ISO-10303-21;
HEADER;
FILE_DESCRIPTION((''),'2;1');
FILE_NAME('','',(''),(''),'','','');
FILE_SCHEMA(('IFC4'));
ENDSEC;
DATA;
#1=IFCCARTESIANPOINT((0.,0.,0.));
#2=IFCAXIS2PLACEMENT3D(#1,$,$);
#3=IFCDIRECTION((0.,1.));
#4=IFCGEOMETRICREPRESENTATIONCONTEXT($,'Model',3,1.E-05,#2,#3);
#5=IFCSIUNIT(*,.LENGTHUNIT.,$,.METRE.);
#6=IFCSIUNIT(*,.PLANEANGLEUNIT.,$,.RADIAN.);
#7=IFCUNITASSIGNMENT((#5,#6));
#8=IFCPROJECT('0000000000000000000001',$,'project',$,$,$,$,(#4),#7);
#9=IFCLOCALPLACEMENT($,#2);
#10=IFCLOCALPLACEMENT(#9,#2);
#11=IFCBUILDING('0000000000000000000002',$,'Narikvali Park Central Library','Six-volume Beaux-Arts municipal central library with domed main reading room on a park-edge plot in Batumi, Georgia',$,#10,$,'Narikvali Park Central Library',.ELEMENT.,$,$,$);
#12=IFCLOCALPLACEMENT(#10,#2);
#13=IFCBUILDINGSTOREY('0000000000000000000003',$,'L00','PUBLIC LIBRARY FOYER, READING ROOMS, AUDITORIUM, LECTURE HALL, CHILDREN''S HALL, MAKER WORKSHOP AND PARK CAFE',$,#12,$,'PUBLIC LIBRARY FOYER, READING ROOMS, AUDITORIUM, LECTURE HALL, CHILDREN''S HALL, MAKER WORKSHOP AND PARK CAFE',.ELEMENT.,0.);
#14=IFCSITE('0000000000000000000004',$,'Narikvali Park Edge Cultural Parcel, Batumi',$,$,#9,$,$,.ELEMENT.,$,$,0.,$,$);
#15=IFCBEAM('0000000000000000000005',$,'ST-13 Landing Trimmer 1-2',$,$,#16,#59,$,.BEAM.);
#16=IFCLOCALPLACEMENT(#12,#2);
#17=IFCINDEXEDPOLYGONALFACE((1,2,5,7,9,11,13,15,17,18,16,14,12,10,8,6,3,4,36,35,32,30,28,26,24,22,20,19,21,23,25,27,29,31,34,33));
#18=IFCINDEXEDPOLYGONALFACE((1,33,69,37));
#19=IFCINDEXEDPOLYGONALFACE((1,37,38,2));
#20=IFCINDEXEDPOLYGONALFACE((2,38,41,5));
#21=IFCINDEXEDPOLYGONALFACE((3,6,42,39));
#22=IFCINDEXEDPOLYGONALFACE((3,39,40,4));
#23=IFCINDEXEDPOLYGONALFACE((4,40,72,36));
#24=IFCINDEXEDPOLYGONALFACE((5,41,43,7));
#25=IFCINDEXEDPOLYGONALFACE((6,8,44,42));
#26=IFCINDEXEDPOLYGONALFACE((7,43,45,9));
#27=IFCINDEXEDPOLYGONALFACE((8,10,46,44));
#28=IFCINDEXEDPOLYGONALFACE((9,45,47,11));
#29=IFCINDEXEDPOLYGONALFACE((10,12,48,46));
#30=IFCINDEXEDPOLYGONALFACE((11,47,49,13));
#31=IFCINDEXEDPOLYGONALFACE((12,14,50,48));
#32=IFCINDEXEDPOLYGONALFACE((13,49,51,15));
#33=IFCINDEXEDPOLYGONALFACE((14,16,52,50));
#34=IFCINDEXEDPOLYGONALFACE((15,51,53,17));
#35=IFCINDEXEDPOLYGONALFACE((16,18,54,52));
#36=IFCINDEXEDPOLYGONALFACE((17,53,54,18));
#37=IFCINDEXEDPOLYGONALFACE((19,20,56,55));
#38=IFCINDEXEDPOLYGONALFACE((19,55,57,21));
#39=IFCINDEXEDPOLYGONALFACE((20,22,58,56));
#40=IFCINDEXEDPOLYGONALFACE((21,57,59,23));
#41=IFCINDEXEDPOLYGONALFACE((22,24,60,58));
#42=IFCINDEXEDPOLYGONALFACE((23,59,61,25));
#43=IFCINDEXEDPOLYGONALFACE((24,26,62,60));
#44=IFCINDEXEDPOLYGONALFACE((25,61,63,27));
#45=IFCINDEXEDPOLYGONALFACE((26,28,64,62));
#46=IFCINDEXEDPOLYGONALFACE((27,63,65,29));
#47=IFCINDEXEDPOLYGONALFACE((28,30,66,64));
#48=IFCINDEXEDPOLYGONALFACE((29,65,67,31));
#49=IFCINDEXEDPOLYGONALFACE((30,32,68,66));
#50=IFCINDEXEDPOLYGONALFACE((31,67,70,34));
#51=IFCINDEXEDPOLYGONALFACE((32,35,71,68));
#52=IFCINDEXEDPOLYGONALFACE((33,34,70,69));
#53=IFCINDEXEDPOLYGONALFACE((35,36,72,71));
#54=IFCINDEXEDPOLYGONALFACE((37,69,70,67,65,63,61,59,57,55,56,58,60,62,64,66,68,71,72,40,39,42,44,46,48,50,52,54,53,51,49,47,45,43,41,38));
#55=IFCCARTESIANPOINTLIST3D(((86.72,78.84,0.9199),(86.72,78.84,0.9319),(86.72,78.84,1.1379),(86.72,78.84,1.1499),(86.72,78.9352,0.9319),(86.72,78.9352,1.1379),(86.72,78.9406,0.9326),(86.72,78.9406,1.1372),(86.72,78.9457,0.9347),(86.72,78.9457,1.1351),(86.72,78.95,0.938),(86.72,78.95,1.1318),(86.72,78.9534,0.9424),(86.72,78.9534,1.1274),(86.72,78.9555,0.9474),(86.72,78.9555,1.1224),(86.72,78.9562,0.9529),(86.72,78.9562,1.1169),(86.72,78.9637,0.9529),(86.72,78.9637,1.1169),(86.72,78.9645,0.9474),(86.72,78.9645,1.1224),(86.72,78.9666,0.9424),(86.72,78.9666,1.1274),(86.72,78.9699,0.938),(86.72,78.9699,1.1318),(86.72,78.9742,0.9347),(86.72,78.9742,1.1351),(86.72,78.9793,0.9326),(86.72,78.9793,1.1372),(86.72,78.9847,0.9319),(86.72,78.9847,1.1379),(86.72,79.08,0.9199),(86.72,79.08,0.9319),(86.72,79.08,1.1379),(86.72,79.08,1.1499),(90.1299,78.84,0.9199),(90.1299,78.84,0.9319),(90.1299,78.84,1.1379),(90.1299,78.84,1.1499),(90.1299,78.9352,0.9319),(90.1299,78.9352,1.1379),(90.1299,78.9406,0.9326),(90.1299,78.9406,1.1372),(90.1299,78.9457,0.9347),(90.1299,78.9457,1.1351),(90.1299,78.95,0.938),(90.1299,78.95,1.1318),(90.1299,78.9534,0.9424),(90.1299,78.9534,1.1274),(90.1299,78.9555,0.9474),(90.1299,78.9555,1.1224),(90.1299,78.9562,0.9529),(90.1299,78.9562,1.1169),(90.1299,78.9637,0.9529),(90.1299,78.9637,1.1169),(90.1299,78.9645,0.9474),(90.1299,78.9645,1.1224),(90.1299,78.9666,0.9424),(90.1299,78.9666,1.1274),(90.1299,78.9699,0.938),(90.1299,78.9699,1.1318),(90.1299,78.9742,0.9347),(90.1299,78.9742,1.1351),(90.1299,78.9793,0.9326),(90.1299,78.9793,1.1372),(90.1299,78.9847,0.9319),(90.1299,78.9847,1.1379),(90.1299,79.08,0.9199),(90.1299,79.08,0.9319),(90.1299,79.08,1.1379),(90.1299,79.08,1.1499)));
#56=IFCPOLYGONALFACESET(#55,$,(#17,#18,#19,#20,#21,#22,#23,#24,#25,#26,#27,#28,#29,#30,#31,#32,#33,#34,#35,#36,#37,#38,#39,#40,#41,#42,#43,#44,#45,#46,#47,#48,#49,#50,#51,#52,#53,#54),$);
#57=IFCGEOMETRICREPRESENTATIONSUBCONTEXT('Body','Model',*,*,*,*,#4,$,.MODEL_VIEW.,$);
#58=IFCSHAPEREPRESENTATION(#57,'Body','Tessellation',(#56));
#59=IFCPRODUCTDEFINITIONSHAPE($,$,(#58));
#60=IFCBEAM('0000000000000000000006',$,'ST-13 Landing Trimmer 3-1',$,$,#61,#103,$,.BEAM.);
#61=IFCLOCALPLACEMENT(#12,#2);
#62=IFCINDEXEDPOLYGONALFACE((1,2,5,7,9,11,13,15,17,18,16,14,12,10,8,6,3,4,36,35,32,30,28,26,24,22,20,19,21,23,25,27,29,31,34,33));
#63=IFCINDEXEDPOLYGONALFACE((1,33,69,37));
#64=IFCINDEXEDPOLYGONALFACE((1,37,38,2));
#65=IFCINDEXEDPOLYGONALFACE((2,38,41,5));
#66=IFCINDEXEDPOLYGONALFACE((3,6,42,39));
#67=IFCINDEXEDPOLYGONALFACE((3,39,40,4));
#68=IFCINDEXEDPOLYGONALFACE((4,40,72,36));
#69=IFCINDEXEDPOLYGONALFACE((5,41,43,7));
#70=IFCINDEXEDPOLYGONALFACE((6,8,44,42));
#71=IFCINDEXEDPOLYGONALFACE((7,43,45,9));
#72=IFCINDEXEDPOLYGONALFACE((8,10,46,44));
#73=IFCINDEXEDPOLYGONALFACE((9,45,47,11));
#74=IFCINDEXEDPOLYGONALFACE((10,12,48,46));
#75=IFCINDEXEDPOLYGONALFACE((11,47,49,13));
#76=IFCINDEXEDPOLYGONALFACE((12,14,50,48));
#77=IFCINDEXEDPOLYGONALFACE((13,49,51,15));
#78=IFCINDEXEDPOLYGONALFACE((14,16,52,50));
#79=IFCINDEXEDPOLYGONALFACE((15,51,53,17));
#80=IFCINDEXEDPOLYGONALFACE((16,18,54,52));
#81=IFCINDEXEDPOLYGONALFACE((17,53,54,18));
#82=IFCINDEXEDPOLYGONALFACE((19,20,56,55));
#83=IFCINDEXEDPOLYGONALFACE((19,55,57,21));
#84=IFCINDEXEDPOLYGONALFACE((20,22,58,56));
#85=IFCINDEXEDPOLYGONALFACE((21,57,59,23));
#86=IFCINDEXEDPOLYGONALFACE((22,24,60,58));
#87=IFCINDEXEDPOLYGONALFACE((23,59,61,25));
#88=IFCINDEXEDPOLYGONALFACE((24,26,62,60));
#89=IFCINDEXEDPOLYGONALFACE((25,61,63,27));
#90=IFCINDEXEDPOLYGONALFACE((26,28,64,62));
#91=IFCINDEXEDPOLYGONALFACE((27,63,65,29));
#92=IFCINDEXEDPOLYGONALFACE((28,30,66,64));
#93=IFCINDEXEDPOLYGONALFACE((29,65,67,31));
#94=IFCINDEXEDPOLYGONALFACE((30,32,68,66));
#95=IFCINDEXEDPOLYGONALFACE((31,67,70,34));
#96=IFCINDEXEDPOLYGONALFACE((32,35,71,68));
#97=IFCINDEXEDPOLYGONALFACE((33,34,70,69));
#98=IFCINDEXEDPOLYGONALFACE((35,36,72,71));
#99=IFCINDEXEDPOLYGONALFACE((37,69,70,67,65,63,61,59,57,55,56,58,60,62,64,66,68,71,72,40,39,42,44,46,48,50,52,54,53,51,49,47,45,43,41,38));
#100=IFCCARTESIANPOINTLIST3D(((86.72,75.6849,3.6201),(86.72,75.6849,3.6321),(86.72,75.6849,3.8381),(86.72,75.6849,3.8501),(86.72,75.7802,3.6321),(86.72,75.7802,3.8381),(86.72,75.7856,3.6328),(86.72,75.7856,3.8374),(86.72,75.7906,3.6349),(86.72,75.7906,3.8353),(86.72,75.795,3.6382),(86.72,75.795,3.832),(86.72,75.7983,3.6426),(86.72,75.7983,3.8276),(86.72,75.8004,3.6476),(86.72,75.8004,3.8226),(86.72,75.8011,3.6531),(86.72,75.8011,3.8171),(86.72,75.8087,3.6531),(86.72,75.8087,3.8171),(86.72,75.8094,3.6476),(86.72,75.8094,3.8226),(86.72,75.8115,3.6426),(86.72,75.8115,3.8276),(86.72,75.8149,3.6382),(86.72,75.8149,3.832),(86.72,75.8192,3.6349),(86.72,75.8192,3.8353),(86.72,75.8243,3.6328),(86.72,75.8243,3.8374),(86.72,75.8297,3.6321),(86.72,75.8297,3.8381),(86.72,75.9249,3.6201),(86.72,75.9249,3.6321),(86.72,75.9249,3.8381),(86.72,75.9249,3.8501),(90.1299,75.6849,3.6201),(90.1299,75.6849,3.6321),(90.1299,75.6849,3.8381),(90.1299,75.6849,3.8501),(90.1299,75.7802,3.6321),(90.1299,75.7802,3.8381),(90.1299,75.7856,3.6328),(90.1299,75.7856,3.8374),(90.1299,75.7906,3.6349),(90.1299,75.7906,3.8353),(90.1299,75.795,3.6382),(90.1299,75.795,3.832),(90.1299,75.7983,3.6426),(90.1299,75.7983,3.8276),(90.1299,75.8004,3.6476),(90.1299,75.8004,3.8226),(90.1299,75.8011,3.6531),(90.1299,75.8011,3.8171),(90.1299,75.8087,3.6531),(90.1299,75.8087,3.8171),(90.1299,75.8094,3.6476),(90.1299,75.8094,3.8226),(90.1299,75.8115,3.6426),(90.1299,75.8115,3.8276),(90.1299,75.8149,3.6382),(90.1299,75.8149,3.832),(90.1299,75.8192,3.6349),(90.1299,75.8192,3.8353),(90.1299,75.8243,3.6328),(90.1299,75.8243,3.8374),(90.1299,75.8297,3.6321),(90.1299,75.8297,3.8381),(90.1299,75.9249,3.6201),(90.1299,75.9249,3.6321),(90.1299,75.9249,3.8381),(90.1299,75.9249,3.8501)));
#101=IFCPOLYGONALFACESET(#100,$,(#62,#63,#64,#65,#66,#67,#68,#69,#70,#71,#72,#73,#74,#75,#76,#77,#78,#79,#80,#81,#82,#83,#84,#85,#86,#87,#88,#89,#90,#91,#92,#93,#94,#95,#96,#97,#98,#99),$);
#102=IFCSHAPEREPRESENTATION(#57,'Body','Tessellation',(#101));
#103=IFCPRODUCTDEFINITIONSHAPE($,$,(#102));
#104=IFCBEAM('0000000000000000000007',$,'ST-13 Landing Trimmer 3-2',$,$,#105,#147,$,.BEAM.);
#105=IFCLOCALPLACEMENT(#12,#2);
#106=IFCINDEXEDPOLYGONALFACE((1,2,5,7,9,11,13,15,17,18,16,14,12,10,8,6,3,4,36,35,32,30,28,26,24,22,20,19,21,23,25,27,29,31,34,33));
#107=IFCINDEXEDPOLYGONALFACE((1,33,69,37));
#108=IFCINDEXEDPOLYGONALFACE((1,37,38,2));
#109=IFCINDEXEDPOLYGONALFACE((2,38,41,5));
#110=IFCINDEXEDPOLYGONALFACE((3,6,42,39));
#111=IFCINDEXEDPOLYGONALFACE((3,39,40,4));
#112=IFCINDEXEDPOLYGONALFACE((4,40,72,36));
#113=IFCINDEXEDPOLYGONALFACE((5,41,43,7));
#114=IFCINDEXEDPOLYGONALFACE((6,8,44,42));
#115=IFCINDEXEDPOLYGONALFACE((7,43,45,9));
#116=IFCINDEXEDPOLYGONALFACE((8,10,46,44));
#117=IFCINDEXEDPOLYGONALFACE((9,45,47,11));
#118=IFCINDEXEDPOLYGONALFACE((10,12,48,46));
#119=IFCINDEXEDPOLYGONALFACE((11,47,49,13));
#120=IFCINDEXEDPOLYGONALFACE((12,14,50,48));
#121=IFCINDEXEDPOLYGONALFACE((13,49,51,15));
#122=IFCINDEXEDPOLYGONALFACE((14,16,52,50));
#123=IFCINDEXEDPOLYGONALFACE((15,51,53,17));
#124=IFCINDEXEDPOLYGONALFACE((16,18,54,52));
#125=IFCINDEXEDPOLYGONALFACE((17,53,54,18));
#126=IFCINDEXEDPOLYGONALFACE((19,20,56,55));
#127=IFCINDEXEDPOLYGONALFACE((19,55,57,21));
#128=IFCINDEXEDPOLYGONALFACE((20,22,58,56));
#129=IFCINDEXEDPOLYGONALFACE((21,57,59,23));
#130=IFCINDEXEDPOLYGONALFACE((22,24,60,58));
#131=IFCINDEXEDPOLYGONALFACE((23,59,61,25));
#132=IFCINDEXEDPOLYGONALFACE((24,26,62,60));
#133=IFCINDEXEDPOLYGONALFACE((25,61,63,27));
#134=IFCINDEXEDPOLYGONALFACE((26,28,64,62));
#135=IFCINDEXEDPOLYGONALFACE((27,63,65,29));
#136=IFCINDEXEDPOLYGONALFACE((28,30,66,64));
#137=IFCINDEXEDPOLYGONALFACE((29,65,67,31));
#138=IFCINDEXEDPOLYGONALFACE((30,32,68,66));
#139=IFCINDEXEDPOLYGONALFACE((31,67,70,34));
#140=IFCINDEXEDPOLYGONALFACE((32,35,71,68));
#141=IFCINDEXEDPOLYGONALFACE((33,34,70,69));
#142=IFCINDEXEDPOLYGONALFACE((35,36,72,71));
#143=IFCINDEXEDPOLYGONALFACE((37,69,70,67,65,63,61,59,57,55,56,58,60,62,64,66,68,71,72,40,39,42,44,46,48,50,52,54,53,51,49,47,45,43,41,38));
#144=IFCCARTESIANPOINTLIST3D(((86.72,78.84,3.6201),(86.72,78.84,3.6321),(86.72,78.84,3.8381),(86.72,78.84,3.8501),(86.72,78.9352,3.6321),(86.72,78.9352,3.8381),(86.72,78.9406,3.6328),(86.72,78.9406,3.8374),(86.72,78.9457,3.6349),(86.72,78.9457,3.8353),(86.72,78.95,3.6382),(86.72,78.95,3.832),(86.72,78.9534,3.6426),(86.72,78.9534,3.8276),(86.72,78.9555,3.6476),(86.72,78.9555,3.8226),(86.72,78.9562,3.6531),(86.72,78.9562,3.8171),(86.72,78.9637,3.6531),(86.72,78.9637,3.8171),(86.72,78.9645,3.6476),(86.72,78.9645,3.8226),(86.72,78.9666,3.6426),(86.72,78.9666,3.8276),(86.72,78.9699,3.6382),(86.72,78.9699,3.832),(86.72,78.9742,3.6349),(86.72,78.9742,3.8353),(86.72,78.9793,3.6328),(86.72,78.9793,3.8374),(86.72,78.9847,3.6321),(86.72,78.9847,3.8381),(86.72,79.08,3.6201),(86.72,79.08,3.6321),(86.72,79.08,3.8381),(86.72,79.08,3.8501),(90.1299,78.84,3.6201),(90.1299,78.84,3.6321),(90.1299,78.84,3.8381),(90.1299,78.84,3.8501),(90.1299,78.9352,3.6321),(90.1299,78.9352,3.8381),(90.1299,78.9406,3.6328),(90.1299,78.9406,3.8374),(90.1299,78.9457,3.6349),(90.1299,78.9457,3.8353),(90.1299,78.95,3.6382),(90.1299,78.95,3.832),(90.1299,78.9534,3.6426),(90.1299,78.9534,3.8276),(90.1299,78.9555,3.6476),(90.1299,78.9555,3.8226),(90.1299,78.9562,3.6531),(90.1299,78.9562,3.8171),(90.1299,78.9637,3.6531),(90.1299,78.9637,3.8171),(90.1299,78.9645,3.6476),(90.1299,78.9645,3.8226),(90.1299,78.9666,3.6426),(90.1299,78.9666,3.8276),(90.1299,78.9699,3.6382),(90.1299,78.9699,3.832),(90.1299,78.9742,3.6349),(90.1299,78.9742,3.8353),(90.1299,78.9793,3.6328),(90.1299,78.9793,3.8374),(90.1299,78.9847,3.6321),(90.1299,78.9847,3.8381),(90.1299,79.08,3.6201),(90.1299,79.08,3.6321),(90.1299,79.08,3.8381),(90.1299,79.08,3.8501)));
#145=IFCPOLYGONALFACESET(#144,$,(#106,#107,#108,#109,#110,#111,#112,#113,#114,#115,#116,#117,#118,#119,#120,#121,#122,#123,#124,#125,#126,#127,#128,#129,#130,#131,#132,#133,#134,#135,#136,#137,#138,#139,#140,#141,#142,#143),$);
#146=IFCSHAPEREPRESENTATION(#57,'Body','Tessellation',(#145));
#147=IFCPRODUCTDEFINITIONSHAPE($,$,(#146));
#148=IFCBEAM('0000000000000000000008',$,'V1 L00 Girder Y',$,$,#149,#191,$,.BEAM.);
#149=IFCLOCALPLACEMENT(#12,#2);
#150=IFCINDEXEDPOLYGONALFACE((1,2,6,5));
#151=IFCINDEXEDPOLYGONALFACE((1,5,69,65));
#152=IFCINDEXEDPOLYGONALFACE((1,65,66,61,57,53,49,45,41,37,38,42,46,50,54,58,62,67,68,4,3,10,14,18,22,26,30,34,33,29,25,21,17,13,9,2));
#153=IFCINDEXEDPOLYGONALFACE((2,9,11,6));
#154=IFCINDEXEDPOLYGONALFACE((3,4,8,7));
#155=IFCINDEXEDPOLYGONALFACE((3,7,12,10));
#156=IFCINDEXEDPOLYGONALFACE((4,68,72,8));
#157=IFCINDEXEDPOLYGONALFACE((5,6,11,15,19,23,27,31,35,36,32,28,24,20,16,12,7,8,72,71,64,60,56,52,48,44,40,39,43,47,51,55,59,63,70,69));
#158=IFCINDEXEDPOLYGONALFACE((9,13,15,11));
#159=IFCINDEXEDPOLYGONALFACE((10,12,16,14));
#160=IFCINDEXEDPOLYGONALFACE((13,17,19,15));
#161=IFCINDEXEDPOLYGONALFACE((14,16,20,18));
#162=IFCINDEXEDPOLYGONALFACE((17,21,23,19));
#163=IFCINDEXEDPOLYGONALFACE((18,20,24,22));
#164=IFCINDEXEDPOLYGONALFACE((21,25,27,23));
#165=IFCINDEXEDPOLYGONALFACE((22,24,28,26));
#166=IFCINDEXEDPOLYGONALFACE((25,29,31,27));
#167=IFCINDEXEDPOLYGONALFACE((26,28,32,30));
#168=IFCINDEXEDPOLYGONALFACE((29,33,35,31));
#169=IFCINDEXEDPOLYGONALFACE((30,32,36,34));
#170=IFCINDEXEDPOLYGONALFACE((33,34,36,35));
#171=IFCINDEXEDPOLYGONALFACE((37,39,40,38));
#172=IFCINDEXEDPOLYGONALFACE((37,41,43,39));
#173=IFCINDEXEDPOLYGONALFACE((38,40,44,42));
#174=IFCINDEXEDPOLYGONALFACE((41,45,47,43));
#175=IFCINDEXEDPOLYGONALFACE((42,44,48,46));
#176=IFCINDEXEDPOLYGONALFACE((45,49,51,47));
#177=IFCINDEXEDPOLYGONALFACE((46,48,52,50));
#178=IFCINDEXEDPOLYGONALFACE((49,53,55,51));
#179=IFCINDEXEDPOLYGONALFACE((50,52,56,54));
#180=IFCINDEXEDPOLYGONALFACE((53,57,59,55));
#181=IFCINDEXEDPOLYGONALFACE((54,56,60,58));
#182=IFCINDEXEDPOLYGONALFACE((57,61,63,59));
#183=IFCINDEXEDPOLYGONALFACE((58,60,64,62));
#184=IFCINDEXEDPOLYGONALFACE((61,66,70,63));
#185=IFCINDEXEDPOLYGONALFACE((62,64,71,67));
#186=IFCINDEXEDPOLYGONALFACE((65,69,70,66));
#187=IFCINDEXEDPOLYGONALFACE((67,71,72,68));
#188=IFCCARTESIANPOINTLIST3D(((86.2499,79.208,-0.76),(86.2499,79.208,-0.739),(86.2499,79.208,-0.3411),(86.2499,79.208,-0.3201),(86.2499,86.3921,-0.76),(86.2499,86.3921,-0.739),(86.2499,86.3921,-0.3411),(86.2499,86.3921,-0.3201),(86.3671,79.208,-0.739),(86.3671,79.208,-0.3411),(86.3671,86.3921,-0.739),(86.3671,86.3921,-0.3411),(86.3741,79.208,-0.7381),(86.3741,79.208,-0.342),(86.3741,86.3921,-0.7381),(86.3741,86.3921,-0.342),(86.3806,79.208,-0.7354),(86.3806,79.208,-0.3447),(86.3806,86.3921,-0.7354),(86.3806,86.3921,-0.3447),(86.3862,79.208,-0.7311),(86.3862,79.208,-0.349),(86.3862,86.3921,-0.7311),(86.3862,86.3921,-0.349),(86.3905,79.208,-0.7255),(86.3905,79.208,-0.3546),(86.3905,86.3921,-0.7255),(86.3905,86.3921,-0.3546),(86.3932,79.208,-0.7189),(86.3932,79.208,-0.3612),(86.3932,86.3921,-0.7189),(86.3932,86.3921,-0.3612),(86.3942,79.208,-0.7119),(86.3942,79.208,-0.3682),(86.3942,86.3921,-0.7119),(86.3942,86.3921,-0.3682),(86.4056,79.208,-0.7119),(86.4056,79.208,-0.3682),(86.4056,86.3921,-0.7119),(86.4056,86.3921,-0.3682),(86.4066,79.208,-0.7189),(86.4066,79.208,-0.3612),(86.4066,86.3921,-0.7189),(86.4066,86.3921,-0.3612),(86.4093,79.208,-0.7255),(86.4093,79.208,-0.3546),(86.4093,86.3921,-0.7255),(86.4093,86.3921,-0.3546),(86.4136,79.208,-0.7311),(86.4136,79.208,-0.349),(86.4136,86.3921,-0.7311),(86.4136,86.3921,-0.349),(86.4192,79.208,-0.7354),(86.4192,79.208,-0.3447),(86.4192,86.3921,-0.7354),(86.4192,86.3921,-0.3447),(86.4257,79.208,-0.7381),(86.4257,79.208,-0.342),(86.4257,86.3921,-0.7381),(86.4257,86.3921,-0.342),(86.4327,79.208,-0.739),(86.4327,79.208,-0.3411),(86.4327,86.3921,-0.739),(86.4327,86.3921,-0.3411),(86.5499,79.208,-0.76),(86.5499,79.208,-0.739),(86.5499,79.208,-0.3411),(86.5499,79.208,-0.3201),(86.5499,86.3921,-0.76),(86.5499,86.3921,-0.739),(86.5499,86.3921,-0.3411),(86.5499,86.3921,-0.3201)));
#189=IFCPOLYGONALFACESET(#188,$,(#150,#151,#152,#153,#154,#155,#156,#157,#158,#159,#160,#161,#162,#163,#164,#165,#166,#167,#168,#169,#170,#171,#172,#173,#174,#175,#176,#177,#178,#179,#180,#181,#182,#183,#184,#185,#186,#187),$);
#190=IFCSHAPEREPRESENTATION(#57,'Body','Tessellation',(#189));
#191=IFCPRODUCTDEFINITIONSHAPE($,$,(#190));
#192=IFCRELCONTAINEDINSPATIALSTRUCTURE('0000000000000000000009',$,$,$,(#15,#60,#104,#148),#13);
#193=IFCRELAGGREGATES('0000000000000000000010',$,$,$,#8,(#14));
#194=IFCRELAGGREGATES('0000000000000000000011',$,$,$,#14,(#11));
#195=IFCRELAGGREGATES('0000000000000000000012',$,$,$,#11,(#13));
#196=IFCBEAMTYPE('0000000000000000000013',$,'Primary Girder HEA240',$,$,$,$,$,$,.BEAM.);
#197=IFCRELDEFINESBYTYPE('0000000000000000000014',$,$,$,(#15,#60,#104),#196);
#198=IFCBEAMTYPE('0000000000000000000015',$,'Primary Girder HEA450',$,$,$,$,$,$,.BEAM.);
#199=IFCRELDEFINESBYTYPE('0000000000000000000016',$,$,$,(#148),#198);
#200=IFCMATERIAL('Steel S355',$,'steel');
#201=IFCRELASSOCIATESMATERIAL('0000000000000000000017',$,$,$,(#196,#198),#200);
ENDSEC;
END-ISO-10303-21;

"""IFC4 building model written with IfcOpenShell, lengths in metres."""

from ifc_helpers import new_model, si_unit, direction, frame, origin, origin_2d, place, context, subcontext, project, spatial, i_section, extrude, material, material_profile, profile_set, type_object, element, save


model = new_model("IFC4")

# Units and contexts
model_context = context("Model", 3, precision=1e-05, world=origin(), true_north=direction((0.0, 1.0)))
body_context = subcontext(model_context, "Body", "Model", "MODEL_VIEW")
ifc_project = project(units=[si_unit("LENGTHUNIT", "METRE"), si_unit("PLANEANGLEUNIT", "RADIAN")], contexts=[model_context])

# Site, building, storey
site_placement = place(None, origin())
site = spatial("IfcSite", under=ifc_project, at=site_placement, Name="Narikvali Park Edge Cultural Parcel, Batumi", CompositionType="ELEMENT", RefElevation=0.0)
building_placement = place(site_placement, origin())
building = spatial("IfcBuilding", under=site, at=building_placement, Name="Narikvali Park Central Library", Description="Six-volume Beaux-Arts municipal central library with domed main reading room on a park-edge plot in Batumi, Georgia", LongName="Narikvali Park Central Library", CompositionType="ELEMENT")
storey_placement = place(building_placement, origin())
storey = spatial("IfcBuildingStorey", under=building, at=storey_placement, Name="L00", Description="PUBLIC LIBRARY FOYER, READING ROOMS, AUDITORIUM, LECTURE HALL, CHILDREN'S HALL, MAKER WORKSHOP AND PARK CAFE", LongName="PUBLIC LIBRARY FOYER, READING ROOMS, AUDITORIUM, LECTURE HALL, CHILDREN'S HALL, MAKER WORKSHOP AND PARK CAFE", CompositionType="ELEMENT", Elevation=0.0)

# Shared definitions
ifc_material_1 = material(Name="Steel S355", Category="steel")

# Beams
ifc_material_profile_1 = material_profile(ifc_material_1, i_section(OverallWidth=0.24, OverallDepth=0.23, WebThickness=0.0076, FlangeThickness=0.012, FilletRadius=0.021, at=origin_2d()), Name="HEA 240")
ifc_profile_set_1 = profile_set([ifc_material_profile_1], Name="Steel S355")
beam_type_1 = type_object("IfcBeamType", Name="Primary Girder HEA240", PredefinedType="BEAM", material=ifc_profile_set_1)
for number, where, z_axis, x_axis, name in (
    (1, (86.72, 78.96, 1.0349), (1.0, 0.0, 0.0), (0.0, 1.0, 0.0), "ST-13 Landing Trimmer 1-2"),
    (2, (86.72, 75.8049, 3.7351), (1.0, 0.0, 0.0), (0.0, 1.0, 0.0), "ST-13 Landing Trimmer 3-1"),
    (3, (86.72, 78.96, 3.7351), (1.0, 0.0, 0.0), (0.0, 1.0, 0.0), "ST-13 Landing Trimmer 3-2"),
):
    element("IfcBeam", number, at=place(storey_placement, frame(where, z_axis=z_axis, x_axis=x_axis)), inside=storey, type_object=beam_type_1, Name=name, PredefinedType="BEAM", context=body_context, shape_type="SweptSolid", body=[
        extrude(i_section(OverallWidth=0.24, OverallDepth=0.23, WebThickness=0.0076, FlangeThickness=0.012, FilletRadius=0.021, at=origin_2d()), origin(), (0.0, 0.0, 1.0), 3.4099),
    ])
ifc_material_profile_2 = material_profile(ifc_material_1, i_section(OverallWidth=0.3, OverallDepth=0.4399, WebThickness=0.0115, FlangeThickness=0.021, FilletRadius=0.0271, at=origin_2d()), Name="HEA 450")
ifc_profile_set_2 = profile_set([ifc_material_profile_2], Name="Steel S355")
beam_type_2 = type_object("IfcBeamType", Name="Primary Girder HEA450", PredefinedType="BEAM", material=ifc_profile_set_2)
for number, where, z_axis, x_axis, name in (
    (4, (86.3999, 79.208, -0.54), (0.0, 1.0, 0.0), (-1.0, 0.0, 0.0), "V1 L00 Girder Y"),
):
    element("IfcBeam", number, at=place(storey_placement, frame(where, z_axis=z_axis, x_axis=x_axis)), inside=storey, type_object=beam_type_2, Name=name, PredefinedType="BEAM", context=body_context, shape_type="SweptSolid", body=[
        extrude(i_section(OverallWidth=0.3, OverallDepth=0.4399, WebThickness=0.0115, FlangeThickness=0.021, FilletRadius=0.0271, at=origin_2d()), origin(), (0.0, 0.0, 1.0), 7.1841),
    ])

save(model, "model.ifc")
